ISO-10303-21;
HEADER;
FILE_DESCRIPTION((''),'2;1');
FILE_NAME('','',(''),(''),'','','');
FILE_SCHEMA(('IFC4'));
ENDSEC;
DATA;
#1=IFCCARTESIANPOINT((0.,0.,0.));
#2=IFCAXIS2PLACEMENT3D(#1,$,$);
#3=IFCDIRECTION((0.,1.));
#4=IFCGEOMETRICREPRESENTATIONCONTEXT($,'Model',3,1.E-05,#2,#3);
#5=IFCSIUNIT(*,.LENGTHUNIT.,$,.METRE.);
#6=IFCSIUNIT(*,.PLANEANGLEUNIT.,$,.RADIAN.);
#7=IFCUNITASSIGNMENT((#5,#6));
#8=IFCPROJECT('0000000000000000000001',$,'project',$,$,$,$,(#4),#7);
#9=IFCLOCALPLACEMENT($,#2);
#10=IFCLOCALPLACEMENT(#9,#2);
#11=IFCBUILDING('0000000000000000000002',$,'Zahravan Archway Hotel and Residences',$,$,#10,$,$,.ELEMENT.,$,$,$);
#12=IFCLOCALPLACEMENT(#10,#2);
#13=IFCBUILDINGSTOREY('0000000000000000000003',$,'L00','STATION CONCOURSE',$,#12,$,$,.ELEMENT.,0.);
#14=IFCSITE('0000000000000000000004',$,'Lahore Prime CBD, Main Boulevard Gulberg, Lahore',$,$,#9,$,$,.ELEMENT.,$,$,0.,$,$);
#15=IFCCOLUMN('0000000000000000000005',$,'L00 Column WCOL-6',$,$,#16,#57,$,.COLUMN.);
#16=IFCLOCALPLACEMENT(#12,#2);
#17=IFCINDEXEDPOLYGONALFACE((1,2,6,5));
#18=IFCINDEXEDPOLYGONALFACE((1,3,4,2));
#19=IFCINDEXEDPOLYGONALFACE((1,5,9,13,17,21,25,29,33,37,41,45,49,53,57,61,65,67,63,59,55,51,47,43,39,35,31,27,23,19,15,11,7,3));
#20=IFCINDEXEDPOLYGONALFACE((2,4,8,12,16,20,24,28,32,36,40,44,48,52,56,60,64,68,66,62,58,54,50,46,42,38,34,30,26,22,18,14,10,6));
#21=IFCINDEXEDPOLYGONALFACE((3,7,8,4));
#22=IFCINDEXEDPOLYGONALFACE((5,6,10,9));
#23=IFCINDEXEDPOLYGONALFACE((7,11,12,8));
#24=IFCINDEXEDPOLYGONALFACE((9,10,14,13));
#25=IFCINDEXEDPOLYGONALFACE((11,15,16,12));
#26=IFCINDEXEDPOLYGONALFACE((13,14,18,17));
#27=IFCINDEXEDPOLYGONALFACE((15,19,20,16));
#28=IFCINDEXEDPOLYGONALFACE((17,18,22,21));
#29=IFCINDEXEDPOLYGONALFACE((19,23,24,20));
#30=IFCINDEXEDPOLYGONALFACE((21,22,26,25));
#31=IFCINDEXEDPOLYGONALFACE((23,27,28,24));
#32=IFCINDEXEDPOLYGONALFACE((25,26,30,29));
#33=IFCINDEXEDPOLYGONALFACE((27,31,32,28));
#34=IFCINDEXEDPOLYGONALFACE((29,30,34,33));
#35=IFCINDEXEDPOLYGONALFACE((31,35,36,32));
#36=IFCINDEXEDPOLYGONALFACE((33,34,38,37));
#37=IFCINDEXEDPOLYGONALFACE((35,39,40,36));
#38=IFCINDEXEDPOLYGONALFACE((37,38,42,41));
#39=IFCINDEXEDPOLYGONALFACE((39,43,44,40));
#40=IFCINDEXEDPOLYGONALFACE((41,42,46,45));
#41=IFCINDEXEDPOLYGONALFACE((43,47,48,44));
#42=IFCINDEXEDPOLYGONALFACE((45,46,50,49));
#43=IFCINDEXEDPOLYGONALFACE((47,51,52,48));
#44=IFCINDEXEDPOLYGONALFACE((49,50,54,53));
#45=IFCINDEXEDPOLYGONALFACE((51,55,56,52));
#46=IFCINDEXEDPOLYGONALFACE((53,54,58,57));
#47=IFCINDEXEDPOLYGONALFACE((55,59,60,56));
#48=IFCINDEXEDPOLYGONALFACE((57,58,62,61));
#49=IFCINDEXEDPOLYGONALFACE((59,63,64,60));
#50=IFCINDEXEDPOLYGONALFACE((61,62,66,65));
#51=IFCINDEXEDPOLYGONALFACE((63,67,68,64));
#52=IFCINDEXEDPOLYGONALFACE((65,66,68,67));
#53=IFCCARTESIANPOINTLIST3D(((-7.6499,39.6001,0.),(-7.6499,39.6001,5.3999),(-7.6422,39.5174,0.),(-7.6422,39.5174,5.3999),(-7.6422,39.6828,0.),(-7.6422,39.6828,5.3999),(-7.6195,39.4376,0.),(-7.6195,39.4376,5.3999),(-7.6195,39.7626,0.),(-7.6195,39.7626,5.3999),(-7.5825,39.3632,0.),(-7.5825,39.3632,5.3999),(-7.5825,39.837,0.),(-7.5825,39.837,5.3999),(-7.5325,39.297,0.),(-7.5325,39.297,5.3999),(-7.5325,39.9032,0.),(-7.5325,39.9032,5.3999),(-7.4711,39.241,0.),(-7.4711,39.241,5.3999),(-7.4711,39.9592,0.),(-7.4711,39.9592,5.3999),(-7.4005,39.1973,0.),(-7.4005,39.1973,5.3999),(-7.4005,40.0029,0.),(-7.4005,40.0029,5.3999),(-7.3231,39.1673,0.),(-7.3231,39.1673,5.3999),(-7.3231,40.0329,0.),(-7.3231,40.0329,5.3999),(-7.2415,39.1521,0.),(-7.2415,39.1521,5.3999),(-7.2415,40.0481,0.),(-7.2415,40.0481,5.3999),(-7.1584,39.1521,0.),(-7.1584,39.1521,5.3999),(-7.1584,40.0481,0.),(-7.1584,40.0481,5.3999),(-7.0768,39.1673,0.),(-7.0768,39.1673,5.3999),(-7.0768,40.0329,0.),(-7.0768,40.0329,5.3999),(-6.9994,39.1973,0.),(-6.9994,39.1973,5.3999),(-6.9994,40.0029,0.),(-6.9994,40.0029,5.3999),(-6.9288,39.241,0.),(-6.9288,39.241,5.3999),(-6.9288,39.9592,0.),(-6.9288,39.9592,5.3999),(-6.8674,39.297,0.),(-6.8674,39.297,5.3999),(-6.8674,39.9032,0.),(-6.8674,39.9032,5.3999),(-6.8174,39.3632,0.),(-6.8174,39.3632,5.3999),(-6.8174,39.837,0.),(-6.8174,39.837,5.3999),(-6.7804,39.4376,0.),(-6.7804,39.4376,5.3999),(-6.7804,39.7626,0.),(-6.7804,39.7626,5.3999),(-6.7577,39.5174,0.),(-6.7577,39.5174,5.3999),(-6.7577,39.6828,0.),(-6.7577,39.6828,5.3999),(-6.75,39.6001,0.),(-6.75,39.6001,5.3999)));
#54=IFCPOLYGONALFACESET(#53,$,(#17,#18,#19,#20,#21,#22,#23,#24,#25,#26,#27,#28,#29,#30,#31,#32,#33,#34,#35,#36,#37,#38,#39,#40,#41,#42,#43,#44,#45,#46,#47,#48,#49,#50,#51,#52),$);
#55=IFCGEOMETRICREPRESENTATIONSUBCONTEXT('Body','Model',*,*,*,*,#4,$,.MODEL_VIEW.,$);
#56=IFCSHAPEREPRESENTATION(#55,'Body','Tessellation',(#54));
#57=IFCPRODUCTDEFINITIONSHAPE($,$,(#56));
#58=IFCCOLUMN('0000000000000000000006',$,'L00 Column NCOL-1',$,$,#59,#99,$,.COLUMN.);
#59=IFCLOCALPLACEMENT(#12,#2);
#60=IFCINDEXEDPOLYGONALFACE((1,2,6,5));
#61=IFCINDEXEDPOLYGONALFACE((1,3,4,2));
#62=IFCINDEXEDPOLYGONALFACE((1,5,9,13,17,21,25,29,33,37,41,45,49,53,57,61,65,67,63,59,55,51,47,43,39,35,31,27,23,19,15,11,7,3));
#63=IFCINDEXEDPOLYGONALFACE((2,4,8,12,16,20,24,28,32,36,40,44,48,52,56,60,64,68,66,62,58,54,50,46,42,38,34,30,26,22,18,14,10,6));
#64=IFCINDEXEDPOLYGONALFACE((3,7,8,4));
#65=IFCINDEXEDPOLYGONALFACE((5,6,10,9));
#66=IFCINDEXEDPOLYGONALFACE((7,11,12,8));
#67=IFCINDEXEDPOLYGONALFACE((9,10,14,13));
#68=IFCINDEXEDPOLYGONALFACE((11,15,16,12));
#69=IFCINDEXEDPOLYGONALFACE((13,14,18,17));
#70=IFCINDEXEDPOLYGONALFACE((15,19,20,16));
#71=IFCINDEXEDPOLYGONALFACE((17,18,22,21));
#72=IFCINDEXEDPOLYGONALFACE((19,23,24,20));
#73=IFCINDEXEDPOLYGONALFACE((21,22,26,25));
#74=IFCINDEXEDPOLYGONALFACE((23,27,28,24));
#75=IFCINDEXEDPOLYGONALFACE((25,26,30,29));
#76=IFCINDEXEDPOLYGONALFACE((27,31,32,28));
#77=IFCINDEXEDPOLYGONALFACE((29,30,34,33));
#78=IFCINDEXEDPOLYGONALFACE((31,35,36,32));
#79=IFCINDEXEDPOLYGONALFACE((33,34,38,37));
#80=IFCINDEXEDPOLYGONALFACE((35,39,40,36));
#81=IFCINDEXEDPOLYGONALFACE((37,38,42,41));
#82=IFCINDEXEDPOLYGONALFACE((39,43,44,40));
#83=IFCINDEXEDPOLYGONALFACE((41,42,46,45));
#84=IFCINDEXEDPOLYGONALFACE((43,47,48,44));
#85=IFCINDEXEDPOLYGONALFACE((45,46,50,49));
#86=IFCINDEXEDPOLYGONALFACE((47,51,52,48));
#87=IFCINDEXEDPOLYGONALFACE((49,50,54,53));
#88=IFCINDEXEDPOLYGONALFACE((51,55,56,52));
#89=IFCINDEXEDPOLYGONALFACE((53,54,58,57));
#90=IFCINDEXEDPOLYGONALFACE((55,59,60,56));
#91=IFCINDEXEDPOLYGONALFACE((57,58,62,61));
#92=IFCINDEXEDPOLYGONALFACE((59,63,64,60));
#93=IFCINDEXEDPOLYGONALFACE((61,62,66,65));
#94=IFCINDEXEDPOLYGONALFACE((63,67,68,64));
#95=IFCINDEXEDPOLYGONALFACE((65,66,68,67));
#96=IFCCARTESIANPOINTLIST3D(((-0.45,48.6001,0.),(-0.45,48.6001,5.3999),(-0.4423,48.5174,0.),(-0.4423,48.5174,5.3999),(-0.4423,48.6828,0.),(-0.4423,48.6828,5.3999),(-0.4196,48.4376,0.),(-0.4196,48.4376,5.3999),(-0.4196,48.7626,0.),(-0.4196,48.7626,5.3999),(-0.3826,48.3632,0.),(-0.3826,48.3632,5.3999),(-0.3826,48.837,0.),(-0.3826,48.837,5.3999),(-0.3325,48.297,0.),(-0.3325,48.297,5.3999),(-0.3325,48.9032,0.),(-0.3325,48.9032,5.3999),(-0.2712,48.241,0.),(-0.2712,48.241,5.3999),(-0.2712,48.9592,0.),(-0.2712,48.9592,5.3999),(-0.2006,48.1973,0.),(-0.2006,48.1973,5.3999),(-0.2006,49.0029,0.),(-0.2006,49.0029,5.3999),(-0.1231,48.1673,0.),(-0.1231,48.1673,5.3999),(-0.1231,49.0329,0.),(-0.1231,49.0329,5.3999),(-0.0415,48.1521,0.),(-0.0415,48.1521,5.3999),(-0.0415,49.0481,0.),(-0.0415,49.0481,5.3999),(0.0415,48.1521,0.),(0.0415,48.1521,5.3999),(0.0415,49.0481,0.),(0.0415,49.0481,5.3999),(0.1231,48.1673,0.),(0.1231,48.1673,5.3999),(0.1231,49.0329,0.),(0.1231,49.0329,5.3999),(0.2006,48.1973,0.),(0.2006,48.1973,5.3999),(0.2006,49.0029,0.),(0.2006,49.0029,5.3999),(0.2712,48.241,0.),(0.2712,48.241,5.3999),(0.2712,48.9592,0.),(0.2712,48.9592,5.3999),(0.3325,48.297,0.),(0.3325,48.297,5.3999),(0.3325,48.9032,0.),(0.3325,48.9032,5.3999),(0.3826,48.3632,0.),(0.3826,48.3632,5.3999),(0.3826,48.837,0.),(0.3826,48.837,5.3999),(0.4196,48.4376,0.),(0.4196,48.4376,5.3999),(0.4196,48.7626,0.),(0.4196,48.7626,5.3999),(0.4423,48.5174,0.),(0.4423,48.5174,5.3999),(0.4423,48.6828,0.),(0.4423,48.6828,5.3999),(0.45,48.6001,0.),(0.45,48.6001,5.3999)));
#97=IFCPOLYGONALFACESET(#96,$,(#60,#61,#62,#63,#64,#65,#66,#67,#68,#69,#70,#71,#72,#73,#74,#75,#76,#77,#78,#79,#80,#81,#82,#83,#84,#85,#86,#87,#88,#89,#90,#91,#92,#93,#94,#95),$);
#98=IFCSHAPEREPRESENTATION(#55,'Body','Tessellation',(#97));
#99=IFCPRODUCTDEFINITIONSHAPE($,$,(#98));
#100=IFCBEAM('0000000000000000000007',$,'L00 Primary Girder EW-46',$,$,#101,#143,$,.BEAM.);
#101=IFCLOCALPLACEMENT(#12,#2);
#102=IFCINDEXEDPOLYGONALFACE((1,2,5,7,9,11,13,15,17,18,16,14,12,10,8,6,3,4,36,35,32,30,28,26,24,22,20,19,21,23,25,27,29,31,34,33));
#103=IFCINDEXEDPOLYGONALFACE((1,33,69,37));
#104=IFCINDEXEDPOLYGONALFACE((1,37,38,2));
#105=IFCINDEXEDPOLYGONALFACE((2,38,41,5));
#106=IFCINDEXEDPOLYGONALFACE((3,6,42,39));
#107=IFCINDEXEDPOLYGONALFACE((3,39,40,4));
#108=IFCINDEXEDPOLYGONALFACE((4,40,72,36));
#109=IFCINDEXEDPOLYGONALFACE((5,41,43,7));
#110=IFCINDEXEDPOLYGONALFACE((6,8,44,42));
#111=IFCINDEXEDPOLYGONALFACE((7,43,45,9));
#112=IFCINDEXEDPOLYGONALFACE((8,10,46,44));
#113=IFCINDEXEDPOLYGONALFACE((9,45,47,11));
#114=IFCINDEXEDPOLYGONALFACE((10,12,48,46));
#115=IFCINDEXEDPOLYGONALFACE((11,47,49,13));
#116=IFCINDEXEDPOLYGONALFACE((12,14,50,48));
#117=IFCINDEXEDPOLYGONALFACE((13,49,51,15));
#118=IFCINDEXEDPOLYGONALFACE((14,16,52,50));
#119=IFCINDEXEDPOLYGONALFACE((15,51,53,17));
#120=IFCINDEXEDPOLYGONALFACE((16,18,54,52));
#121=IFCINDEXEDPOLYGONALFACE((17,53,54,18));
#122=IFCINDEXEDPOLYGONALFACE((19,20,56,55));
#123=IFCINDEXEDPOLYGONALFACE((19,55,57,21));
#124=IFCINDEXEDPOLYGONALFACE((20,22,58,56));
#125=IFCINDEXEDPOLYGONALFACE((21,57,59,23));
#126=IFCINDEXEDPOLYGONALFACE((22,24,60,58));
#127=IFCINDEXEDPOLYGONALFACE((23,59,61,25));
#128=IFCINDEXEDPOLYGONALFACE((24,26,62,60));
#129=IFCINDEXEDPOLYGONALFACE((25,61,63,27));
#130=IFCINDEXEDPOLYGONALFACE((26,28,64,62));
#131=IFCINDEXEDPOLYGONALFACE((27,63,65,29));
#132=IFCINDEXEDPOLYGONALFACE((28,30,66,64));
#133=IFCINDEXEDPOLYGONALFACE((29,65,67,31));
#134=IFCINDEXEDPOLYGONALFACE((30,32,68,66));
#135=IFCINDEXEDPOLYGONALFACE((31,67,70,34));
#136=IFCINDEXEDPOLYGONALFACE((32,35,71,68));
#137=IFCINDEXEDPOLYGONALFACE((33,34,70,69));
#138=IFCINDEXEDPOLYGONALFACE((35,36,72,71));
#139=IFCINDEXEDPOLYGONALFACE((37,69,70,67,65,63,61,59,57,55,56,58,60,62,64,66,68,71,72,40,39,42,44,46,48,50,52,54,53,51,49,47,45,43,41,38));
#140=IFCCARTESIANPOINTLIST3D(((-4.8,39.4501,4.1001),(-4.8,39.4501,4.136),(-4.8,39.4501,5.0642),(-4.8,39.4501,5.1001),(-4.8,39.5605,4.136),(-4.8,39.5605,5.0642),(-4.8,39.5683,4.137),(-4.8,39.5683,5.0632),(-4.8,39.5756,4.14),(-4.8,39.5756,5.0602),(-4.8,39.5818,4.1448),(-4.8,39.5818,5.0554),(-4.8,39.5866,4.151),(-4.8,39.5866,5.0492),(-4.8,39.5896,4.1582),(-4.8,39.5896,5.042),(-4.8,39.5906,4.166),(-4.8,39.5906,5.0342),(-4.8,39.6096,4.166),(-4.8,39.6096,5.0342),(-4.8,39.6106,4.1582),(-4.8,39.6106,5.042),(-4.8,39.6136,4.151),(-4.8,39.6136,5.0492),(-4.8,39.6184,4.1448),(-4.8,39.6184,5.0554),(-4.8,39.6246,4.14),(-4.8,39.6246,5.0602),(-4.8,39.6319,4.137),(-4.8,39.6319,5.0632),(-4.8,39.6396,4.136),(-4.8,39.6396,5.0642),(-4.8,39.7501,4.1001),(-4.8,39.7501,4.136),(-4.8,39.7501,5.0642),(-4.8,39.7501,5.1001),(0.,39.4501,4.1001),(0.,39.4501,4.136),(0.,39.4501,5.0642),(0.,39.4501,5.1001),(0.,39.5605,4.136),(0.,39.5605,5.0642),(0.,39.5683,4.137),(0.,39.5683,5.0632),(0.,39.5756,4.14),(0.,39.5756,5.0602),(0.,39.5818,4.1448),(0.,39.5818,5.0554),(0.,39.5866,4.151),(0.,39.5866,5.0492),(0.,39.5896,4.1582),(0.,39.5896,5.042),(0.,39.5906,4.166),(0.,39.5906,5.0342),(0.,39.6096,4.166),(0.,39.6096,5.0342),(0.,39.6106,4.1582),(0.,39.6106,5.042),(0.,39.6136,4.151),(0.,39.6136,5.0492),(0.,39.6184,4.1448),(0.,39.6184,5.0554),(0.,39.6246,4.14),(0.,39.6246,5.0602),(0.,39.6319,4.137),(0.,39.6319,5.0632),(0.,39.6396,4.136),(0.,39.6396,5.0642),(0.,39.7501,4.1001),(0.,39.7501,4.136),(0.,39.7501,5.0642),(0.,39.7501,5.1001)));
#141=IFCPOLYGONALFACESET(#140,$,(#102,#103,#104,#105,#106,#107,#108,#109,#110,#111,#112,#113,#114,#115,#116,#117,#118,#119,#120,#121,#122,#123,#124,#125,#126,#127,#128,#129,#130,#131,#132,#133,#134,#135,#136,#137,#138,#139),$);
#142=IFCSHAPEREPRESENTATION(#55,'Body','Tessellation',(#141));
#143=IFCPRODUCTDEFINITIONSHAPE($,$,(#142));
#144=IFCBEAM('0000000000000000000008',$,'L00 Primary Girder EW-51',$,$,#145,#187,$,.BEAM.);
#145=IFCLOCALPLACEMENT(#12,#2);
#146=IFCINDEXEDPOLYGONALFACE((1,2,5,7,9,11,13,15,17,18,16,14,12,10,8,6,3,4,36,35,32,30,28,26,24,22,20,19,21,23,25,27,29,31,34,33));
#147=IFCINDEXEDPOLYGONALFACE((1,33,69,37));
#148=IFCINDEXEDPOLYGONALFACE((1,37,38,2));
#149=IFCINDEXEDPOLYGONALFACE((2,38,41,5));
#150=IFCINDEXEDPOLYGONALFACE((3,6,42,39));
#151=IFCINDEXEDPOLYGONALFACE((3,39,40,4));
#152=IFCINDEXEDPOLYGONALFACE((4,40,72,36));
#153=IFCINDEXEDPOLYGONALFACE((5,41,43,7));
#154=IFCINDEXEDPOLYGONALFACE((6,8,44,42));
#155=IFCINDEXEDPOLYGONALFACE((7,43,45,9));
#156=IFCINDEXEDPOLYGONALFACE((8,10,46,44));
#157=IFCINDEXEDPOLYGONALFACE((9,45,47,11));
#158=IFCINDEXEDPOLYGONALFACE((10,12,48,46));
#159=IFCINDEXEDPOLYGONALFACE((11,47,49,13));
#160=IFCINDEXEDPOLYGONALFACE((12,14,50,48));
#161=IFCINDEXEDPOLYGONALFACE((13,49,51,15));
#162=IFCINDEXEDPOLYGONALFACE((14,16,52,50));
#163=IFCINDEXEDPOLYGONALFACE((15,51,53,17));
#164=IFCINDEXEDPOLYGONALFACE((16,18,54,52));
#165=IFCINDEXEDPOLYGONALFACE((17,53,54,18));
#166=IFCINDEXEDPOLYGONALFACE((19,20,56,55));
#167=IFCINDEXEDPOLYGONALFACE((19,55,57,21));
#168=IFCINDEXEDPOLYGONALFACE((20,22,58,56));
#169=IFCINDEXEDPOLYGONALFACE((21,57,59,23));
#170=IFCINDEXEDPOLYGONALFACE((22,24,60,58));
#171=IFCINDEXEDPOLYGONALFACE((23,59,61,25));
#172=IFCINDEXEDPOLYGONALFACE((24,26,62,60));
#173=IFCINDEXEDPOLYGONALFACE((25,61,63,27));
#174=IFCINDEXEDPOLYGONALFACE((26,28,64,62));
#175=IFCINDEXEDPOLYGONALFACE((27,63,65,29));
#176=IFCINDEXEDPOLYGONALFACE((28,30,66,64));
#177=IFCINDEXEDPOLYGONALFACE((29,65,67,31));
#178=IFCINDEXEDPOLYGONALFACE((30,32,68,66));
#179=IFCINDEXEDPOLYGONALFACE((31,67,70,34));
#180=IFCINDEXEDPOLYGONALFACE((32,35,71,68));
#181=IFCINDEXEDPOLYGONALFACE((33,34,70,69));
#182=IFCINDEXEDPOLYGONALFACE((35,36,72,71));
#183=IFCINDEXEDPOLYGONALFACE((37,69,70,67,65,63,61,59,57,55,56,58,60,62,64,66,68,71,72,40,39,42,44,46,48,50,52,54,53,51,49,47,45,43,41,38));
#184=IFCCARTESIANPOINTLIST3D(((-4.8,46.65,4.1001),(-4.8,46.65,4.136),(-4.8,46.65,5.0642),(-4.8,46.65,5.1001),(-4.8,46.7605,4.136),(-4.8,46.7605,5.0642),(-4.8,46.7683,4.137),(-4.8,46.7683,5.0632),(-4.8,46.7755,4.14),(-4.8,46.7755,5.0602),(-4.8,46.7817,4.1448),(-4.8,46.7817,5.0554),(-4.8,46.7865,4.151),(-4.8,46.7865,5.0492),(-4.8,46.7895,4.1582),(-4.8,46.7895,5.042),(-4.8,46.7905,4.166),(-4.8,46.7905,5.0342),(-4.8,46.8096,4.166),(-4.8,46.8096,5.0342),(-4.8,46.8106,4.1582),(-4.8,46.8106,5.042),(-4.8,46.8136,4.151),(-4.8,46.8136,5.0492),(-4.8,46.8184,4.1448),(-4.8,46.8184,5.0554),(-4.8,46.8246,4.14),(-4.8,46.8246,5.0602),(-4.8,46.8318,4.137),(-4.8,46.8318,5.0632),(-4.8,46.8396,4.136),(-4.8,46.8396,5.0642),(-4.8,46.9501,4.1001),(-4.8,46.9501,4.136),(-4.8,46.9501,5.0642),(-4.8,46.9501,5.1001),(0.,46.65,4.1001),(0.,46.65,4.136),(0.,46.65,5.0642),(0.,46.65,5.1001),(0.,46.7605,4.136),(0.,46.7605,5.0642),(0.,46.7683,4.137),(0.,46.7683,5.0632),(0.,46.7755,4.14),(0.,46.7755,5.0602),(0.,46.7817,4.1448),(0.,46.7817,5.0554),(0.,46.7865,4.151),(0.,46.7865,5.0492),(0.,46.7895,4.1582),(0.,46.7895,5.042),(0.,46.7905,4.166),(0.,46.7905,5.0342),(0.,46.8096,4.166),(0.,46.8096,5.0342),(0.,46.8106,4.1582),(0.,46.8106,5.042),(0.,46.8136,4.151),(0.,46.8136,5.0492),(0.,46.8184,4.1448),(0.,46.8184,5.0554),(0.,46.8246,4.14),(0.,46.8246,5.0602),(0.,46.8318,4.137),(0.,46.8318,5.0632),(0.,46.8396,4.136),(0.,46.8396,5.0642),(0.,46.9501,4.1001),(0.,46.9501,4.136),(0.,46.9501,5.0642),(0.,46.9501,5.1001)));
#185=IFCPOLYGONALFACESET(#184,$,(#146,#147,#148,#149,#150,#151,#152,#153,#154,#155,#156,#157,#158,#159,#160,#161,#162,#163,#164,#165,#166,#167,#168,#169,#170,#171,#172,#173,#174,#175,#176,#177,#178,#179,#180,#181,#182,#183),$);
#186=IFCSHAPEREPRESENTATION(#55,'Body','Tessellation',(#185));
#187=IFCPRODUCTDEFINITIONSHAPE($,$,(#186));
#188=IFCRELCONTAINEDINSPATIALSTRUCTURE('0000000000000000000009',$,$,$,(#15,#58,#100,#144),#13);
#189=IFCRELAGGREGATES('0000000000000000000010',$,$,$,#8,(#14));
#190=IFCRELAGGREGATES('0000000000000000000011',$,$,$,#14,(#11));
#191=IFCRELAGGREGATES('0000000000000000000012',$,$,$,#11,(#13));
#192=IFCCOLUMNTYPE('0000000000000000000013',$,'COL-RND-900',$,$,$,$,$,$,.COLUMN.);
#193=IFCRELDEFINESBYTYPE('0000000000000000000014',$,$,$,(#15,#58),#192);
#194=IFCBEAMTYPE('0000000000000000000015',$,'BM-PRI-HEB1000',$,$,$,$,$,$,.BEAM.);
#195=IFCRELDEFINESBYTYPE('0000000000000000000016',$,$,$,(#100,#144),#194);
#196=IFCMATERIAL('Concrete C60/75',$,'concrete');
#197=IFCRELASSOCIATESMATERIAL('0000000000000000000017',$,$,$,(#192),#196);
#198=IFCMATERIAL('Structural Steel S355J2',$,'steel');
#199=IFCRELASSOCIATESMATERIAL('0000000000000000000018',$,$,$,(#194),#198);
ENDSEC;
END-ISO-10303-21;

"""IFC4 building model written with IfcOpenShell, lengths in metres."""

from ifc_helpers import new_model, si_unit, direction, frame, origin, origin_2d, place, context, subcontext, project, spatial, circle, i_section, extrude, source, transform, mapped, material, material_profile, profile_set, type_object, type_shapes, element, save


model = new_model("IFC4")

# Units and contexts
model_context = context("Model", 3, precision=1e-05, world=origin(), true_north=direction((0.0, 1.0)))
body_context = subcontext(model_context, "Body", "Model", "MODEL_VIEW")
ifc_project = project(units=[si_unit("LENGTHUNIT", "METRE"), si_unit("PLANEANGLEUNIT", "RADIAN")], contexts=[model_context])

# Site, building, storey
site_placement = place(None, origin())
site = spatial("IfcSite", under=ifc_project, at=site_placement, Name="Lahore Prime CBD, Main Boulevard Gulberg, Lahore", CompositionType="ELEMENT", RefElevation=0.0)
building_placement = place(site_placement, origin())
building = spatial("IfcBuilding", under=site, at=building_placement, Name="Zahravan Archway Hotel and Residences", CompositionType="ELEMENT")
storey_placement = place(building_placement, origin())
storey = spatial("IfcBuildingStorey", under=building, at=storey_placement, Name="L00", Description="STATION CONCOURSE", CompositionType="ELEMENT", Elevation=0.0)

# Columns
ifc_material_1 = material(Name="Concrete C60/75", Category="concrete")
ifc_material_profile_1 = material_profile(ifc_material_1, circle(Radius=0.45, at=origin_2d()), Name="RC-CIRC-900", Category="concrete")
ifc_profile_set_1 = profile_set([ifc_material_profile_1], Name="Concrete C60/75")
column_type_1 = type_object("IfcColumnType", Name="COL-RND-900", PredefinedType="COLUMN", material=ifc_profile_set_1)
shared_shape_1 = source(origin(), body_context, "Body", "SweptSolid", [
    extrude(circle(Radius=0.45, at=origin_2d()), origin(), (0.0, 0.0, 1.0), 5.3999),
])
type_shapes(column_type_1, [shared_shape_1])
for number, where, z_axis, x_axis, name in (
    (1, (-7.2, 39.6001, 0.0), (0.0, 0.0, 1.0), (1.0, 0.0, 0.0), "L00 Column WCOL-6"),
    (2, (0.0, 48.6001, 0.0), (0.0, 0.0, 1.0), (1.0, 0.0, 0.0), "L00 Column NCOL-1"),
):
    element("IfcColumn", number, at=place(storey_placement, frame(where, z_axis=z_axis, x_axis=x_axis)), inside=storey, type_object=column_type_1, Name=name, PredefinedType="COLUMN", context=body_context, shape_type="MappedRepresentation", body=[
        mapped(shared_shape_1, transform((0.0, 0.0, 0.0), scale=1.0)),
    ])

# Beams
ifc_material_2 = material(Name="Structural Steel S355J2", Category="steel")
ifc_material_profile_2 = material_profile(ifc_material_2, i_section(OverallWidth=0.3, OverallDepth=1.0, WebThickness=0.019, FlangeThickness=0.0359, FilletRadius=0.03, at=origin_2d()), Name="HEB 1000", Category="steel")
ifc_profile_set_2 = profile_set([ifc_material_profile_2], Name="Structural Steel S355J2")
beam_type_1 = type_object("IfcBeamType", Name="BM-PRI-HEB1000", PredefinedType="BEAM", material=ifc_profile_set_2)
shared_shape_2 = source(origin(), body_context, "Body", "SweptSolid", [
    extrude(i_section(OverallWidth=0.3, OverallDepth=1.0, WebThickness=0.019, FlangeThickness=0.0359, FilletRadius=0.03, at=origin_2d()), origin(), (0.0, 0.0, 1.0), 4.8),
])
type_shapes(beam_type_1, [shared_shape_2])
for number, where, z_axis, x_axis, name in (
    (3, (-4.8, 39.6001, 4.6001), (1.0, 0.0, 0.0), (0.0, 1.0, 0.0), "L00 Primary Girder EW-46"),
    (4, (-4.8, 46.8, 4.6001), (1.0, 0.0, 0.0), (0.0, 1.0, 0.0), "L00 Primary Girder EW-51"),
):
    element("IfcBeam", number, at=place(storey_placement, frame(where, z_axis=z_axis, x_axis=x_axis)), inside=storey, type_object=beam_type_1, Name=name, PredefinedType="BEAM", context=body_context, shape_type="MappedRepresentation", body=[
        mapped(shared_shape_2, transform((0.0, 0.0, 0.0), scale=1.0)),
    ])

save(model, "model.ifc")
